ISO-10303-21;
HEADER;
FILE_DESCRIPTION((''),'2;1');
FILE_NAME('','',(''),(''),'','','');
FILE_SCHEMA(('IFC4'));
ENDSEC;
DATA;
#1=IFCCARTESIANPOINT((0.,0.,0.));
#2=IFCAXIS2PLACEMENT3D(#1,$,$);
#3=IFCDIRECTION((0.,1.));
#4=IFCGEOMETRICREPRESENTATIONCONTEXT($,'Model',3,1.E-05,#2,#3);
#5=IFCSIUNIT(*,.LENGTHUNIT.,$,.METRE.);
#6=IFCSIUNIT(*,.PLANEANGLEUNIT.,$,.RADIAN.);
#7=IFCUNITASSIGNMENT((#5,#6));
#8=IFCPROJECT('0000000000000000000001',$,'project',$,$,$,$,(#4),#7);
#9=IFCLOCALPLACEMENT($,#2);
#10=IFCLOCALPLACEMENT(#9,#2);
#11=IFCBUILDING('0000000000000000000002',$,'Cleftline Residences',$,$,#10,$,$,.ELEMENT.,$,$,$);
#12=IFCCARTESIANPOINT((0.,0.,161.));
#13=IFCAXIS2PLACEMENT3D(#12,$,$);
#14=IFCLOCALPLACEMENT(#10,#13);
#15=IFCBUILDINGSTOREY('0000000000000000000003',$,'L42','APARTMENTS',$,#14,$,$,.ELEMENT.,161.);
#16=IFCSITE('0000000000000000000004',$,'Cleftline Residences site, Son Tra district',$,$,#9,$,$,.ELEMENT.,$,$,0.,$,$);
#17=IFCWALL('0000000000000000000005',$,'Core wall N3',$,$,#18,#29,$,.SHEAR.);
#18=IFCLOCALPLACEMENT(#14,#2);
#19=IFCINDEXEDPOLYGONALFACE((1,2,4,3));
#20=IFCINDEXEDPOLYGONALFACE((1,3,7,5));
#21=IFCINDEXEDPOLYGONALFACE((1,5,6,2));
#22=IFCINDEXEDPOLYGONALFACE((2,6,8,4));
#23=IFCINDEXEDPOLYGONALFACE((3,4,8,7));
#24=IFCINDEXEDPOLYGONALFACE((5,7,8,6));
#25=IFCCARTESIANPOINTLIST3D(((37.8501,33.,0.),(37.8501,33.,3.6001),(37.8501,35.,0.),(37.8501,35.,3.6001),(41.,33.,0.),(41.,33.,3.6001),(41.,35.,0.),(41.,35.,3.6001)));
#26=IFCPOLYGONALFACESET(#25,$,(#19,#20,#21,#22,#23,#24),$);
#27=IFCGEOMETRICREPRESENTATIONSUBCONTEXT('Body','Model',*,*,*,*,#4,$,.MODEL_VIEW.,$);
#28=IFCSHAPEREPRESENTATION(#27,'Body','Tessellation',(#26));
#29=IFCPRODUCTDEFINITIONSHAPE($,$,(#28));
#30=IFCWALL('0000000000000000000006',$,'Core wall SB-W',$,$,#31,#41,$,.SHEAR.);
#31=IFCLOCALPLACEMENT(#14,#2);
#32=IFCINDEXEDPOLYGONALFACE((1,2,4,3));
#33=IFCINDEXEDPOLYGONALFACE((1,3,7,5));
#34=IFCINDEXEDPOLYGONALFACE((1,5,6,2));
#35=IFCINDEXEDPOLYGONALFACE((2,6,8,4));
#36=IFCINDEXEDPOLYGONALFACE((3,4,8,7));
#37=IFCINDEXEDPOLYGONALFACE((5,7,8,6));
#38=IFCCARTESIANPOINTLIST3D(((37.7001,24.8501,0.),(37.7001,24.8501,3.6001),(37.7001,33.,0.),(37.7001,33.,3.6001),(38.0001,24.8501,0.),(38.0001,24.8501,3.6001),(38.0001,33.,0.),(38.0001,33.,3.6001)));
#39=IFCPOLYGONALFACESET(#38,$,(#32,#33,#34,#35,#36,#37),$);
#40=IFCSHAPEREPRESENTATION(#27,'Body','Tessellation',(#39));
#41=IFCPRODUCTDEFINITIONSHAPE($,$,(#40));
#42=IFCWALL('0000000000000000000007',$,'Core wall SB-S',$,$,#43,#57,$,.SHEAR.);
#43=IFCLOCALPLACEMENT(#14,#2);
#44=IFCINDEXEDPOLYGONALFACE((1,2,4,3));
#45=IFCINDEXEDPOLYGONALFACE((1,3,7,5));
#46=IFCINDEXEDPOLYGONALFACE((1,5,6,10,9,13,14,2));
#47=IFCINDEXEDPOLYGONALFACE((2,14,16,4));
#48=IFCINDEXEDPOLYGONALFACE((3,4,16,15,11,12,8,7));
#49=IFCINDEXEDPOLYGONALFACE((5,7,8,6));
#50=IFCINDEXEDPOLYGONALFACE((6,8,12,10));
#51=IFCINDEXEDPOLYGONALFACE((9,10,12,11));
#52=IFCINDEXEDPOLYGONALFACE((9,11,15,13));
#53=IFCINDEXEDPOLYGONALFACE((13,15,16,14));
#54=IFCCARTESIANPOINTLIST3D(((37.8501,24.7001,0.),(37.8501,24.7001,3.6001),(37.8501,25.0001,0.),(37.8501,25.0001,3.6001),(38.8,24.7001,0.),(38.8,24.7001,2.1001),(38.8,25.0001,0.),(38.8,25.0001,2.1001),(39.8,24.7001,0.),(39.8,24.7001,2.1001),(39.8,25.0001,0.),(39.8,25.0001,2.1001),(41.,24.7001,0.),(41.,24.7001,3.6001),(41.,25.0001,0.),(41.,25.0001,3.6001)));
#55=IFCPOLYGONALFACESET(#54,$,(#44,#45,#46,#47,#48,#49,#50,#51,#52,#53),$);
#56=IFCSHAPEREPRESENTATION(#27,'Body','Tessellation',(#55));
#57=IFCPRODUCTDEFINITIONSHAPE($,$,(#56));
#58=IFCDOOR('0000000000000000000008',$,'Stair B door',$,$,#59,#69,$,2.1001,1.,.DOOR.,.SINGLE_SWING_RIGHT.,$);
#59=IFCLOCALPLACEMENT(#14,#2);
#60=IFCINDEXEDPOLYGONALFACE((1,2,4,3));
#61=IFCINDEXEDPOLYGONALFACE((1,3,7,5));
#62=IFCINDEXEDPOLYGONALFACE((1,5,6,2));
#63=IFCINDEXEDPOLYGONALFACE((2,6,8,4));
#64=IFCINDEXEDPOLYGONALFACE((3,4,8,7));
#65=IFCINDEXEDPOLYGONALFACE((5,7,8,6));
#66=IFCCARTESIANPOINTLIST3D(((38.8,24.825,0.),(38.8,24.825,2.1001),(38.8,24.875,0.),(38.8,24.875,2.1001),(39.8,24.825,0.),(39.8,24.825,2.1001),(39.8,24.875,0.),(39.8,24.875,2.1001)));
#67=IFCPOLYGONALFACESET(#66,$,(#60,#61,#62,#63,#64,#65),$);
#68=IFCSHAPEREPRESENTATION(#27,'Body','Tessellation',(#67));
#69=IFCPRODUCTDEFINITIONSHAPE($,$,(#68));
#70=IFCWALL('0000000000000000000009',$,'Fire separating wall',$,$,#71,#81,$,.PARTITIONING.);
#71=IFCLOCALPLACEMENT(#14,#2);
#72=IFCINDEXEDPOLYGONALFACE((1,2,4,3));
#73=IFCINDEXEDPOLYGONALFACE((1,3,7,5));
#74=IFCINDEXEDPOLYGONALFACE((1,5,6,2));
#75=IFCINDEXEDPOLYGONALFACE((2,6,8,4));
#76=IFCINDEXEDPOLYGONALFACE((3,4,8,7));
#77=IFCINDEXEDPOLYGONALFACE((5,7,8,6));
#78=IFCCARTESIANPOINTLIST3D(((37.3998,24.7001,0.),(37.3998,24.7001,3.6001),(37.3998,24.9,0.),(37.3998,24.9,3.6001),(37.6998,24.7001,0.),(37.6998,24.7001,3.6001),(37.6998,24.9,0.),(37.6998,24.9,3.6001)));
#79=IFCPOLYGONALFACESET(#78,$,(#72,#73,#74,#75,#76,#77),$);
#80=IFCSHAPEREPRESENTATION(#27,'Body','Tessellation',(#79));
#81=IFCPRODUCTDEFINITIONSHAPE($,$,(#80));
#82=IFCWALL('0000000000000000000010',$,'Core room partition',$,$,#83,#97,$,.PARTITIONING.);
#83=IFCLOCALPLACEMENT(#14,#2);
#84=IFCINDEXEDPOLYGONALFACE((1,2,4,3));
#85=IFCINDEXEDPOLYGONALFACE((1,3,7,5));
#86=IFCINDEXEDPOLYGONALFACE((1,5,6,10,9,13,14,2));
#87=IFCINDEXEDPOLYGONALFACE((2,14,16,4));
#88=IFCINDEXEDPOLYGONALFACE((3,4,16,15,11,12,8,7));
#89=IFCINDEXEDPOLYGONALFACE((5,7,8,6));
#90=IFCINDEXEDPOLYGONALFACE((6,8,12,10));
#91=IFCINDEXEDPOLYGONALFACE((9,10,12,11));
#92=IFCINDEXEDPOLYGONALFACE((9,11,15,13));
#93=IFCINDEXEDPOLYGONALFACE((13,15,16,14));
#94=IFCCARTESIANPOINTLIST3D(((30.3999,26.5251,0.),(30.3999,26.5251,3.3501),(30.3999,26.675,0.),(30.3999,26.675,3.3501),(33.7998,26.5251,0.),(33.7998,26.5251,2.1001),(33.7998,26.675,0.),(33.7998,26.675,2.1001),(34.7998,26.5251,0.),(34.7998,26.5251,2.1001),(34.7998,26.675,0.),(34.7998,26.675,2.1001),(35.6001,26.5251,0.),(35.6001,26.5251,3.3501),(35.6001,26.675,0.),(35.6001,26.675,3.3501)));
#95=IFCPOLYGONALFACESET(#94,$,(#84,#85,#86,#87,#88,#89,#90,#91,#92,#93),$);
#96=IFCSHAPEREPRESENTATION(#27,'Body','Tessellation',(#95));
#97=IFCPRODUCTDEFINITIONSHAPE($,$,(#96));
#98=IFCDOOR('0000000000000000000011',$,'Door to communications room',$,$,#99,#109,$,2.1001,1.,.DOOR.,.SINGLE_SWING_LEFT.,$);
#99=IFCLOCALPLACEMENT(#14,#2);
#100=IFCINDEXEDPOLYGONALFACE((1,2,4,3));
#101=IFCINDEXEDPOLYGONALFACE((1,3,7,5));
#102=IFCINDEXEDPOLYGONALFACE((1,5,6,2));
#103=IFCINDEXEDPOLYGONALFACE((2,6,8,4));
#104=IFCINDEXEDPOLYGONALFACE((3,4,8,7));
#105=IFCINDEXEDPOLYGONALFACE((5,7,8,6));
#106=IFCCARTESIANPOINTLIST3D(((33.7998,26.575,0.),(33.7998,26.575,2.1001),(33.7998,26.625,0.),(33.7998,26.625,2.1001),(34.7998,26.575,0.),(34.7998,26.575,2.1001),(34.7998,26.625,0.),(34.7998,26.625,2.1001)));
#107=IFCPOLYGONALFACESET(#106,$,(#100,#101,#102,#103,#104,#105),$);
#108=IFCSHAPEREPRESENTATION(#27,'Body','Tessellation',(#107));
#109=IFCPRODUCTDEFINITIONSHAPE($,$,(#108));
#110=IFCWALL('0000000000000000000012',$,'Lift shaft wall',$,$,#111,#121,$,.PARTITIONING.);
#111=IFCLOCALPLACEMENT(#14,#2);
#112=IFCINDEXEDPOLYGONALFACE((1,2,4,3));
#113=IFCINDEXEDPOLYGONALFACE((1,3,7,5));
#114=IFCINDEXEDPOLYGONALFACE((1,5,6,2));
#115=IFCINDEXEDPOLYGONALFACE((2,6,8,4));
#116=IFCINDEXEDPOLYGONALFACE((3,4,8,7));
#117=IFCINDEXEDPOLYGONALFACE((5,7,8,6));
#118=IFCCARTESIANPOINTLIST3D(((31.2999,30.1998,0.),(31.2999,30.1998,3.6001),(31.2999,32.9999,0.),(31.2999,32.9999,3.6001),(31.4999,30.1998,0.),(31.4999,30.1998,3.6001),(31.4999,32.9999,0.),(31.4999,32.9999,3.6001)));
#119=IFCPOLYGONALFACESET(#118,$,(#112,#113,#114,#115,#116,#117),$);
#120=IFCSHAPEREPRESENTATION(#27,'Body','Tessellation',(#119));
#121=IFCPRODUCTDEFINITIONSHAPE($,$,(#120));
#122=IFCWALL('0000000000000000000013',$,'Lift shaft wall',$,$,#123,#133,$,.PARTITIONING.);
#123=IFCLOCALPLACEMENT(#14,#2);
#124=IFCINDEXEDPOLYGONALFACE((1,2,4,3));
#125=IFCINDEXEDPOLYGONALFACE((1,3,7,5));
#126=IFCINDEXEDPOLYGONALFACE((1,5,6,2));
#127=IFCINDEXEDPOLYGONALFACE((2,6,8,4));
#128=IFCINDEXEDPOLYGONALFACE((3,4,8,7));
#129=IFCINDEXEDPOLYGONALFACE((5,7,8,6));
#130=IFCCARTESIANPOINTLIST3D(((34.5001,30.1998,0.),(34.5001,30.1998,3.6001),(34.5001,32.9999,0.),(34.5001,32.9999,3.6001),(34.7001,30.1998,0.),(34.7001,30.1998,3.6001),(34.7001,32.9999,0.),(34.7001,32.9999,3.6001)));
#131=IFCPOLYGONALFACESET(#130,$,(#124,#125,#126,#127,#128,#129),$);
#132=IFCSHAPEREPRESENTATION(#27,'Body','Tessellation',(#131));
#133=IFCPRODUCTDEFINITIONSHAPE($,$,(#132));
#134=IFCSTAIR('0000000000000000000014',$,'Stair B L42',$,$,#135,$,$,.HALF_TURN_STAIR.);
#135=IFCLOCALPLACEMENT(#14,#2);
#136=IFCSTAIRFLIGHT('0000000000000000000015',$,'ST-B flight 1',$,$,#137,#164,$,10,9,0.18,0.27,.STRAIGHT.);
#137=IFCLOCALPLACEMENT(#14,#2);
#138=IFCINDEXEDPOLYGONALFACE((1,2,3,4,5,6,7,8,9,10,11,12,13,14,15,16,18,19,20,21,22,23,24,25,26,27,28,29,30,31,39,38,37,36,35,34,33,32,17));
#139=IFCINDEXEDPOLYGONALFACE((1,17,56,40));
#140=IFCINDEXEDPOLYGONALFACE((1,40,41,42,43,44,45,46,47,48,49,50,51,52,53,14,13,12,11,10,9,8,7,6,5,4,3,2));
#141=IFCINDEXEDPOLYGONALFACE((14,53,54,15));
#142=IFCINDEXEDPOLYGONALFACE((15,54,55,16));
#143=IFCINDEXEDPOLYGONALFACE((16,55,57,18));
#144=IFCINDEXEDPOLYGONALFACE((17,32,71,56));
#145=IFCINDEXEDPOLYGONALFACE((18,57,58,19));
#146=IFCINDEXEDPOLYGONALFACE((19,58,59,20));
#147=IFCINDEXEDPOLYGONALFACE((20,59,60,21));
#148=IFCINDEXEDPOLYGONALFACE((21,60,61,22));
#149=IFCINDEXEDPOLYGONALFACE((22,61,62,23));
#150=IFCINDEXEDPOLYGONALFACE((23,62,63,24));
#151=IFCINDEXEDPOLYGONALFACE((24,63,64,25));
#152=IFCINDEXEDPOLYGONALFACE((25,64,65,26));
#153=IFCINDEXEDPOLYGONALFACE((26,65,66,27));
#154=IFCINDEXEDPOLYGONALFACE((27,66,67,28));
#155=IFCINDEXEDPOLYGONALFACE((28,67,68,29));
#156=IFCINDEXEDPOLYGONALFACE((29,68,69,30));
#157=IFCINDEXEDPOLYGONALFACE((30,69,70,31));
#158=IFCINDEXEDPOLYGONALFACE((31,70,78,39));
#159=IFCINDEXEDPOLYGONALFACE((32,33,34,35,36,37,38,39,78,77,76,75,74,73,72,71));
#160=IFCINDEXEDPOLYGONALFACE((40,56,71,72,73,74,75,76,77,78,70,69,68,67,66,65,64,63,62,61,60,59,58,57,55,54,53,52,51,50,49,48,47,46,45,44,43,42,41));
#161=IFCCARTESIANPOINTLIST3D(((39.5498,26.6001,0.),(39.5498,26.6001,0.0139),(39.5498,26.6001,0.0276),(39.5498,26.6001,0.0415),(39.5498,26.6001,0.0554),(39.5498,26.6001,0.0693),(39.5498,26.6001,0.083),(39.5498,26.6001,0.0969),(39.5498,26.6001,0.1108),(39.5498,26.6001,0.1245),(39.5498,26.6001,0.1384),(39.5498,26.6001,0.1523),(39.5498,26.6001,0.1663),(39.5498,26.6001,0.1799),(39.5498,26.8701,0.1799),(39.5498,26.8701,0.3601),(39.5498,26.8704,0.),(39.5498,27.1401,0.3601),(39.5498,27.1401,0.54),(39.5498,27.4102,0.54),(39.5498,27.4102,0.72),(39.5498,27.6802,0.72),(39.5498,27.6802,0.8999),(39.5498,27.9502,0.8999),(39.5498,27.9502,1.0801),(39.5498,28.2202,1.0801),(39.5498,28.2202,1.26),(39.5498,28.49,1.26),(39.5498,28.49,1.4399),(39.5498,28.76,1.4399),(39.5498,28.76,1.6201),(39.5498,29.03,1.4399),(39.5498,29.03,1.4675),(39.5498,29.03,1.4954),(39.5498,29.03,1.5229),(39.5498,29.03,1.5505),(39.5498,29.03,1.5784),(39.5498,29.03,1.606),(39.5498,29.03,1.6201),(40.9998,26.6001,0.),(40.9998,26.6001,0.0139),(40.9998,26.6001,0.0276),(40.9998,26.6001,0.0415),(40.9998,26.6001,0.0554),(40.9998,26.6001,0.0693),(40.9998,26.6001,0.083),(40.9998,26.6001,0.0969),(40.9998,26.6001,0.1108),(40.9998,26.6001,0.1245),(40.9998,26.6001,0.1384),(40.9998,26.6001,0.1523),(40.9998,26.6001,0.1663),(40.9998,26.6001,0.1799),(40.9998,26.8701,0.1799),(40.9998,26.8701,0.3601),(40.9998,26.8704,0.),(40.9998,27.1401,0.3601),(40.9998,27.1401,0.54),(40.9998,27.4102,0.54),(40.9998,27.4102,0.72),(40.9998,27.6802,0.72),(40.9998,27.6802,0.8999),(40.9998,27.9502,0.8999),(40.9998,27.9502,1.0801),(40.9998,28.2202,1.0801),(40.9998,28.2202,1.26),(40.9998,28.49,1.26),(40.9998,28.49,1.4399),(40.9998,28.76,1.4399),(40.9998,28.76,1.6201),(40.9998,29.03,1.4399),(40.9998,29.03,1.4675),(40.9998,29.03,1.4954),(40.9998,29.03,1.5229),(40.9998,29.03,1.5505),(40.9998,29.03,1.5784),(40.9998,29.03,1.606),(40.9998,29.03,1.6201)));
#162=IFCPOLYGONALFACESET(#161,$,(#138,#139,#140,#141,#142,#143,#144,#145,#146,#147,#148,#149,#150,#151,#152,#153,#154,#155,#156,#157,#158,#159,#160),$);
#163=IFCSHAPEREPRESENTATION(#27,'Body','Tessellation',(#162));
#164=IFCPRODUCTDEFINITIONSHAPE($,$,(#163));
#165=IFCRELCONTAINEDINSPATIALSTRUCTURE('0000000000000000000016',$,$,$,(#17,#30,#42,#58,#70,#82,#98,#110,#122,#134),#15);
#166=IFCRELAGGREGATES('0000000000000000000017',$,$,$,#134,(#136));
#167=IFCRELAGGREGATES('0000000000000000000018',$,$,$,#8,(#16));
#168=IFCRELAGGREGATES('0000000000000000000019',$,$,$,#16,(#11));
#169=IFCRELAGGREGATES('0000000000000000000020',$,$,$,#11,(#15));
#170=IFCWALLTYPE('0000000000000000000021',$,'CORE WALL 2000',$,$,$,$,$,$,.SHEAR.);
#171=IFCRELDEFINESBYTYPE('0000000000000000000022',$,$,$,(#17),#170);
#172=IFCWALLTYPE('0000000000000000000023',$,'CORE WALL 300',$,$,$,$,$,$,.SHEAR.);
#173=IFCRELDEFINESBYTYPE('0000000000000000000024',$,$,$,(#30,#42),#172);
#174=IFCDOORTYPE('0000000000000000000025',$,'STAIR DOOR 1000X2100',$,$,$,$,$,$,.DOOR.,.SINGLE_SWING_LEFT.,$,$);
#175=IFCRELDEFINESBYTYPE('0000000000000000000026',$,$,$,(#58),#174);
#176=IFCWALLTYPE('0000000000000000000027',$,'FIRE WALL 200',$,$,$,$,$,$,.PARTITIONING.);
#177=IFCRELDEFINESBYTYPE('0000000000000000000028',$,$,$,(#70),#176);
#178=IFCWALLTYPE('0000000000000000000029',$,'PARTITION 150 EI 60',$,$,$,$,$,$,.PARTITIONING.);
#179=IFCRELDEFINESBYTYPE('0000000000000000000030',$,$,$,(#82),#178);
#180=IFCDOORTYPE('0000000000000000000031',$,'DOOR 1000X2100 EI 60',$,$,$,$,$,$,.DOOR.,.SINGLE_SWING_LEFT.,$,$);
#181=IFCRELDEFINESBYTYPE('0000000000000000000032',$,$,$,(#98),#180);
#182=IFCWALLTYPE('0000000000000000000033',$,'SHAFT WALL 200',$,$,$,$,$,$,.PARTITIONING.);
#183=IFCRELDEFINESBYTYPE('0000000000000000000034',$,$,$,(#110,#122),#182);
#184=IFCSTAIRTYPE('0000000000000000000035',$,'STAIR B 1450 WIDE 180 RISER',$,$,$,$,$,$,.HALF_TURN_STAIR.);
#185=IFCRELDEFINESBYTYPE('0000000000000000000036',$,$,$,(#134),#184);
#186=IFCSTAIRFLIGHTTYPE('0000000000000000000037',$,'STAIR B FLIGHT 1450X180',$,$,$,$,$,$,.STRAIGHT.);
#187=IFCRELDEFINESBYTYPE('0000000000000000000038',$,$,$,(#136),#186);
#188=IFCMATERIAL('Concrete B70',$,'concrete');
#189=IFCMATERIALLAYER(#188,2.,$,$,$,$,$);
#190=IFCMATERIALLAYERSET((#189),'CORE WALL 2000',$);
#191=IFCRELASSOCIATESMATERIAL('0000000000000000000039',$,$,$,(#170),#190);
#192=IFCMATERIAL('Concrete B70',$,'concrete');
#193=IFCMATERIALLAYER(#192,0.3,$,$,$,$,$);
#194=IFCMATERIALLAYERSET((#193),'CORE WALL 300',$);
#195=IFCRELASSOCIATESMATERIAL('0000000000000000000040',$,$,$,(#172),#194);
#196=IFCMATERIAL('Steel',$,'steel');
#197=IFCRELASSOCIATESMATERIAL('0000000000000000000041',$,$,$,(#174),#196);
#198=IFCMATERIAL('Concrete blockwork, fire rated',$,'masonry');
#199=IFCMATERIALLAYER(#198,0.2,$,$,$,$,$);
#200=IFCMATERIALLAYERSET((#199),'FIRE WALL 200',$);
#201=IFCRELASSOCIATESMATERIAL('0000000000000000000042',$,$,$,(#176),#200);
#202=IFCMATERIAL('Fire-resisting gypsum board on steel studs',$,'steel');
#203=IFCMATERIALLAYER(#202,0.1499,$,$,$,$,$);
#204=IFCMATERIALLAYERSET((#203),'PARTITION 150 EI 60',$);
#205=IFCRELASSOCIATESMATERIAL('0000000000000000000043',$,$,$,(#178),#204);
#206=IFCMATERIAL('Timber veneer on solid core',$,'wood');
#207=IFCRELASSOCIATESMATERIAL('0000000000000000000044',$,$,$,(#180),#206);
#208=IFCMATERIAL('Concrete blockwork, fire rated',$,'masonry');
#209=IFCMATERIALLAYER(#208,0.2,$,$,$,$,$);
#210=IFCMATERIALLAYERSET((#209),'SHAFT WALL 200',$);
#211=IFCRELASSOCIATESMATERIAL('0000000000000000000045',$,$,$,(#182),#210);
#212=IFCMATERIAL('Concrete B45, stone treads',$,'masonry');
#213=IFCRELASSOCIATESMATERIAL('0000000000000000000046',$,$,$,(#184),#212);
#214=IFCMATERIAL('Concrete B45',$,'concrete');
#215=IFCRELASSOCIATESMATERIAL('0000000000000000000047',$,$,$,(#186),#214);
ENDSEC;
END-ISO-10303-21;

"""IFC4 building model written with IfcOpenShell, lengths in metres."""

from ifc_helpers import new_model, si_unit, direction, frame, frame_2d, origin, place, context, subcontext, project, spatial, polyline, rectangle, outline, extrude, material, layer, layer_set, type_object, element, fill, aggregate, save


model = new_model("IFC4")

# Units and contexts
model_context = context("Model", 3, precision=1e-05, world=origin(), true_north=direction((0.0, 1.0)))
body_context = subcontext(model_context, "Body", "Model", "MODEL_VIEW")
ifc_project = project(units=[si_unit("LENGTHUNIT", "METRE"), si_unit("PLANEANGLEUNIT", "RADIAN")], contexts=[model_context])

# Site, building, storey
site_placement = place(None, origin())
site = spatial("IfcSite", under=ifc_project, at=site_placement, Name="Cleftline Residences site, Son Tra district", CompositionType="ELEMENT", RefElevation=0.0)
building_placement = place(site_placement, origin())
building = spatial("IfcBuilding", under=site, at=building_placement, Name="Cleftline Residences", CompositionType="ELEMENT")
storey_placement = place(building_placement, frame((0.0, 0.0, 161.0)))
storey = spatial("IfcBuildingStorey", under=building, at=storey_placement, Name="L42", Description="APARTMENTS", CompositionType="ELEMENT", Elevation=161.0)

# Walls
ifc_material_1 = material(Name="Concrete B70", Category="concrete")
ifc_layer_1 = layer(ifc_material_1, 2.0)
ifc_layer_set_1 = layer_set([ifc_layer_1], Name="CORE WALL 2000")
wall_type_1 = type_object("IfcWallType", Name="CORE WALL 2000", PredefinedType="SHEAR", material=ifc_layer_set_1)
wall_1_placement = place(storey_placement, frame((37.8501, 34.0, 0.0), z_axis=(0.0, 0.0, 1.0), x_axis=(1.0, 0.0, 0.0)))
element("IfcWall", 1, at=wall_1_placement, inside=storey, type_object=wall_type_1, Name="Core wall N3", PredefinedType="SHEAR", context=body_context, shape_type="SweptSolid", body=[
    extrude(rectangle(XDim=3.1499, YDim=2.0, at=frame_2d((1.575, 0.0))), origin(), (0.0, 0.0, 1.0), 3.6001),
])
ifc_material_2 = material(Name="Concrete B70", Category="concrete")
ifc_layer_2 = layer(ifc_material_2, 0.3)
ifc_layer_set_2 = layer_set([ifc_layer_2], Name="CORE WALL 300")
wall_type_2 = type_object("IfcWallType", Name="CORE WALL 300", PredefinedType="SHEAR", material=ifc_layer_set_2)
wall_2_placement = place(storey_placement, frame((37.8501, 24.8501, 0.0), z_axis=(0.0, 0.0, 1.0), x_axis=(0.0, 1.0, 0.0)))
element("IfcWall", 2, at=wall_2_placement, inside=storey, type_object=wall_type_2, Name="Core wall SB-W", PredefinedType="SHEAR", context=body_context, shape_type="SweptSolid", body=[
    extrude(rectangle(XDim=8.1499, YDim=0.3, at=frame_2d((4.075, 0.0))), origin(), (0.0, 0.0, 1.0), 3.6001),
])

# Wall, opening, door
wall_3_placement = place(storey_placement, frame((37.8501, 24.8501, 0.0), z_axis=(0.0, 0.0, 1.0), x_axis=(1.0, 0.0, 0.0)))
wall_3 = element("IfcWall", 3, at=wall_3_placement, inside=storey, type_object=wall_type_2, Name="Core wall SB-S", PredefinedType="SHEAR", context=body_context, shape_type="SweptSolid", body=[
    extrude(rectangle(XDim=3.1499, YDim=0.3, at=frame_2d((1.575, 0.0))), origin(), (0.0, 0.0, 1.0), 3.6001),
])
opening_1_placement = place(wall_3_placement, frame((0.95, 0.0, 0.0)))
opening_1 = element("IfcOpeningElement", 4, at=opening_1_placement, cuts=wall_3, PredefinedType="OPENING", context=body_context, shape_type="SweptSolid", body=[
    extrude(rectangle(XDim=1.0, YDim=2.1001, at=frame_2d((0.5, 1.05))), frame((0.0, 0.1599, 0.0), z_axis=(0.0, -1.0, 0.0), x_axis=(1.0, 0.0, 0.0)), (0.0, 0.0, 1.0), 0.3201),
])
ifc_material_3 = material(Name="Steel", Category="steel")
door_type_1 = type_object("IfcDoorType", Name="STAIR DOOR 1000X2100", OperationType="SINGLE_SWING_LEFT", PredefinedType="DOOR", material=ifc_material_3)
door_1_placement = place(opening_1_placement, origin())
door_1 = element("IfcDoor", 5, at=door_1_placement, inside=storey, type_object=door_type_1, Name="Stair B door", OperationType="SINGLE_SWING_RIGHT", OverallHeight=2.1001, OverallWidth=1.0, PredefinedType="DOOR", context=body_context, shape_type="SweptSolid", body=[
    extrude(rectangle(XDim=1.0, YDim=2.1001, at=frame_2d((0.5, 1.05))), frame((0.0, 0.0249, 0.0), z_axis=(0.0, -1.0, 0.0), x_axis=(1.0, 0.0, 0.0)), (0.0, 0.0, 1.0), 0.05),
])
fill(opening_1, door_1)

# Wall
ifc_material_4 = material(Name="Concrete blockwork, fire rated", Category="masonry")
ifc_layer_3 = layer(ifc_material_4, 0.2)
ifc_layer_set_3 = layer_set([ifc_layer_3], Name="FIRE WALL 200")
wall_type_3 = type_object("IfcWallType", Name="FIRE WALL 200", PredefinedType="PARTITIONING", material=ifc_layer_set_3)
wall_4_placement = place(storey_placement, frame((37.3999, 24.8, 0.0), z_axis=(0.0, 0.0, 1.0), x_axis=(1.0, 0.0, 0.0)))
element("IfcWall", 6, at=wall_4_placement, inside=storey, type_object=wall_type_3, Name="Fire separating wall", PredefinedType="PARTITIONING", context=body_context, shape_type="SweptSolid", body=[
    extrude(rectangle(XDim=0.3, YDim=0.2, at=frame_2d((0.1499, 0.0))), origin(), (0.0, 0.0, 1.0), 3.6001),
])

# Wall, opening, door
ifc_material_5 = material(Name="Fire-resisting gypsum board on steel studs", Category="steel")
ifc_layer_4 = layer(ifc_material_5, 0.1499)
ifc_layer_set_4 = layer_set([ifc_layer_4], Name="PARTITION 150 EI 60")
wall_type_4 = type_object("IfcWallType", Name="PARTITION 150 EI 60", PredefinedType="PARTITIONING", material=ifc_layer_set_4)
wall_5_placement = place(storey_placement, frame((30.3999, 26.6001, 0.0), z_axis=(0.0, 0.0, 1.0), x_axis=(1.0, 0.0, 0.0)))
wall_5 = element("IfcWall", 7, at=wall_5_placement, inside=storey, type_object=wall_type_4, Name="Core room partition", PredefinedType="PARTITIONING", context=body_context, shape_type="SweptSolid", body=[
    extrude(rectangle(XDim=5.2002, YDim=0.1499, at=frame_2d((2.6001, 0.0))), origin(), (0.0, 0.0, 1.0), 3.3501),
])
opening_2_placement = place(wall_5_placement, frame((3.3999, 0.0, 0.0)))
opening_2 = element("IfcOpeningElement", 8, at=opening_2_placement, cuts=wall_5, PredefinedType="OPENING", context=body_context, shape_type="SweptSolid", body=[
    extrude(rectangle(XDim=1.0, YDim=2.1001, at=frame_2d((0.5, 1.05))), frame((0.0, 0.085, 0.0), z_axis=(0.0, -1.0, 0.0), x_axis=(1.0, 0.0, 0.0)), (0.0, 0.0, 1.0), 0.1699),
])
ifc_material_6 = material(Name="Timber veneer on solid core", Category="wood")
door_type_2 = type_object("IfcDoorType", Name="DOOR 1000X2100 EI 60", OperationType="SINGLE_SWING_LEFT", PredefinedType="DOOR", material=ifc_material_6)
door_2_placement = place(opening_2_placement, origin())
door_2 = element("IfcDoor", 9, at=door_2_placement, inside=storey, type_object=door_type_2, Name="Door to communications room", OperationType="SINGLE_SWING_LEFT", OverallHeight=2.1001, OverallWidth=1.0, PredefinedType="DOOR", context=body_context, shape_type="SweptSolid", body=[
    extrude(rectangle(XDim=1.0, YDim=2.1001, at=frame_2d((0.5, 1.05))), frame((0.0, 0.0249, 0.0), z_axis=(0.0, -1.0, 0.0), x_axis=(1.0, 0.0, 0.0)), (0.0, 0.0, 1.0), 0.05),
])
fill(opening_2, door_2)

# Walls
ifc_material_7 = material(Name="Concrete blockwork, fire rated", Category="masonry")
ifc_layer_5 = layer(ifc_material_7, 0.2)
ifc_layer_set_5 = layer_set([ifc_layer_5], Name="SHAFT WALL 200")
wall_type_5 = type_object("IfcWallType", Name="SHAFT WALL 200", PredefinedType="PARTITIONING", material=ifc_layer_set_5)
for number, where, z_axis, x_axis, name in (
    (10, (31.3999, 30.2, 0.0), (0.0, 0.0, 1.0), (0.0, 1.0, 0.0), "Lift shaft wall"),
    (11, (34.6001, 30.2, 0.0), (0.0, 0.0, 1.0), (0.0, 1.0, 0.0), "Lift shaft wall"),
):
    element("IfcWall", number, at=place(storey_placement, frame(where, z_axis=z_axis, x_axis=x_axis)), inside=storey, type_object=wall_type_5, Name=name, PredefinedType="PARTITIONING", context=body_context, shape_type="SweptSolid", body=[
        extrude(rectangle(XDim=2.8, YDim=0.2, at=frame_2d((1.3999, 0.0))), origin(), (0.0, 0.0, 1.0), 3.6001),
    ])

# Stair, stair flight
ifc_material_8 = material(Name="Concrete B45, stone treads", Category="masonry")
stair_type = type_object("IfcStairType", Name="STAIR B 1450 WIDE 180 RISER", PredefinedType="HALF_TURN_STAIR", material=ifc_material_8)
stair_placement = place(storey_placement, origin())
stair = element("IfcStair", 12, at=stair_placement, inside=storey, type_object=stair_type, Name="Stair B L42", PredefinedType="HALF_TURN_STAIR")
ifc_material_9 = material(Name="Concrete B45", Category="concrete")
stair_flight_type = type_object("IfcStairFlightType", Name="STAIR B FLIGHT 1450X180", PredefinedType="STRAIGHT", material=ifc_material_9)
stair_flight_1_placement = place(storey_placement, frame((40.2749, 26.6001, 0.0), z_axis=(0.0, 0.0, 1.0), x_axis=(0.0, 1.0, 0.0)))
stair_flight_1 = element("IfcStairFlight", 13, at=stair_flight_1_placement, type_object=stair_flight_type, Name="ST-B flight 1", NumberOfRisers=10, NumberOfTreads=9, PredefinedType="STRAIGHT", RiserHeight=0.18, TreadLength=0.27, context=body_context, shape_type="SweptSolid", body=[
    extrude(outline(polyline([(0.0, 0.0), (0.0, 0.0139), (0.0, 0.0276), (0.0, 0.0415), (0.0, 0.0554), (0.0, 0.0693), (0.0, 0.083), (0.0, 0.0969), (0.0, 0.1108), (0.0, 0.1245), (0.0, 0.1384), (0.0, 0.1523), (0.0, 0.1663), (0.0, 0.1799), (0.27, 0.1799), (0.27, 0.3601), (0.54, 0.3601), (0.54, 0.54), (0.8101, 0.54), (0.8101, 0.72), (1.0801, 0.72), (1.0801, 0.8999), (1.3501, 0.8999), (1.3501, 1.0801), (1.6201, 1.0801), (1.6201, 1.26), (1.8899, 1.26), (1.8899, 1.4399), (2.1599, 1.4399), (2.1599, 1.6201), (2.4299, 1.6201), (2.4299, 1.8), (2.4299, 1.7722), (2.4299, 1.7446), (2.4299, 1.7168), (2.4299, 1.6892), (2.4299, 1.6614), (2.4299, 1.6338), (2.4299, 1.606), (2.4299, 1.5784), (2.4299, 1.5505), (2.4299, 1.5229), (2.4299, 1.4954), (2.4299, 1.4675), (2.4299, 1.4399), (0.2703, 0.0), (0.0, 0.0)])), frame((0.0, 0.7251, 0.0), z_axis=(0.0, -1.0, 0.0), x_axis=(1.0, 0.0, 0.0)), (0.0, 0.0, 1.0), 1.45),
])
aggregate(stair, [stair_flight_1])

save(model, "model.ifc")
